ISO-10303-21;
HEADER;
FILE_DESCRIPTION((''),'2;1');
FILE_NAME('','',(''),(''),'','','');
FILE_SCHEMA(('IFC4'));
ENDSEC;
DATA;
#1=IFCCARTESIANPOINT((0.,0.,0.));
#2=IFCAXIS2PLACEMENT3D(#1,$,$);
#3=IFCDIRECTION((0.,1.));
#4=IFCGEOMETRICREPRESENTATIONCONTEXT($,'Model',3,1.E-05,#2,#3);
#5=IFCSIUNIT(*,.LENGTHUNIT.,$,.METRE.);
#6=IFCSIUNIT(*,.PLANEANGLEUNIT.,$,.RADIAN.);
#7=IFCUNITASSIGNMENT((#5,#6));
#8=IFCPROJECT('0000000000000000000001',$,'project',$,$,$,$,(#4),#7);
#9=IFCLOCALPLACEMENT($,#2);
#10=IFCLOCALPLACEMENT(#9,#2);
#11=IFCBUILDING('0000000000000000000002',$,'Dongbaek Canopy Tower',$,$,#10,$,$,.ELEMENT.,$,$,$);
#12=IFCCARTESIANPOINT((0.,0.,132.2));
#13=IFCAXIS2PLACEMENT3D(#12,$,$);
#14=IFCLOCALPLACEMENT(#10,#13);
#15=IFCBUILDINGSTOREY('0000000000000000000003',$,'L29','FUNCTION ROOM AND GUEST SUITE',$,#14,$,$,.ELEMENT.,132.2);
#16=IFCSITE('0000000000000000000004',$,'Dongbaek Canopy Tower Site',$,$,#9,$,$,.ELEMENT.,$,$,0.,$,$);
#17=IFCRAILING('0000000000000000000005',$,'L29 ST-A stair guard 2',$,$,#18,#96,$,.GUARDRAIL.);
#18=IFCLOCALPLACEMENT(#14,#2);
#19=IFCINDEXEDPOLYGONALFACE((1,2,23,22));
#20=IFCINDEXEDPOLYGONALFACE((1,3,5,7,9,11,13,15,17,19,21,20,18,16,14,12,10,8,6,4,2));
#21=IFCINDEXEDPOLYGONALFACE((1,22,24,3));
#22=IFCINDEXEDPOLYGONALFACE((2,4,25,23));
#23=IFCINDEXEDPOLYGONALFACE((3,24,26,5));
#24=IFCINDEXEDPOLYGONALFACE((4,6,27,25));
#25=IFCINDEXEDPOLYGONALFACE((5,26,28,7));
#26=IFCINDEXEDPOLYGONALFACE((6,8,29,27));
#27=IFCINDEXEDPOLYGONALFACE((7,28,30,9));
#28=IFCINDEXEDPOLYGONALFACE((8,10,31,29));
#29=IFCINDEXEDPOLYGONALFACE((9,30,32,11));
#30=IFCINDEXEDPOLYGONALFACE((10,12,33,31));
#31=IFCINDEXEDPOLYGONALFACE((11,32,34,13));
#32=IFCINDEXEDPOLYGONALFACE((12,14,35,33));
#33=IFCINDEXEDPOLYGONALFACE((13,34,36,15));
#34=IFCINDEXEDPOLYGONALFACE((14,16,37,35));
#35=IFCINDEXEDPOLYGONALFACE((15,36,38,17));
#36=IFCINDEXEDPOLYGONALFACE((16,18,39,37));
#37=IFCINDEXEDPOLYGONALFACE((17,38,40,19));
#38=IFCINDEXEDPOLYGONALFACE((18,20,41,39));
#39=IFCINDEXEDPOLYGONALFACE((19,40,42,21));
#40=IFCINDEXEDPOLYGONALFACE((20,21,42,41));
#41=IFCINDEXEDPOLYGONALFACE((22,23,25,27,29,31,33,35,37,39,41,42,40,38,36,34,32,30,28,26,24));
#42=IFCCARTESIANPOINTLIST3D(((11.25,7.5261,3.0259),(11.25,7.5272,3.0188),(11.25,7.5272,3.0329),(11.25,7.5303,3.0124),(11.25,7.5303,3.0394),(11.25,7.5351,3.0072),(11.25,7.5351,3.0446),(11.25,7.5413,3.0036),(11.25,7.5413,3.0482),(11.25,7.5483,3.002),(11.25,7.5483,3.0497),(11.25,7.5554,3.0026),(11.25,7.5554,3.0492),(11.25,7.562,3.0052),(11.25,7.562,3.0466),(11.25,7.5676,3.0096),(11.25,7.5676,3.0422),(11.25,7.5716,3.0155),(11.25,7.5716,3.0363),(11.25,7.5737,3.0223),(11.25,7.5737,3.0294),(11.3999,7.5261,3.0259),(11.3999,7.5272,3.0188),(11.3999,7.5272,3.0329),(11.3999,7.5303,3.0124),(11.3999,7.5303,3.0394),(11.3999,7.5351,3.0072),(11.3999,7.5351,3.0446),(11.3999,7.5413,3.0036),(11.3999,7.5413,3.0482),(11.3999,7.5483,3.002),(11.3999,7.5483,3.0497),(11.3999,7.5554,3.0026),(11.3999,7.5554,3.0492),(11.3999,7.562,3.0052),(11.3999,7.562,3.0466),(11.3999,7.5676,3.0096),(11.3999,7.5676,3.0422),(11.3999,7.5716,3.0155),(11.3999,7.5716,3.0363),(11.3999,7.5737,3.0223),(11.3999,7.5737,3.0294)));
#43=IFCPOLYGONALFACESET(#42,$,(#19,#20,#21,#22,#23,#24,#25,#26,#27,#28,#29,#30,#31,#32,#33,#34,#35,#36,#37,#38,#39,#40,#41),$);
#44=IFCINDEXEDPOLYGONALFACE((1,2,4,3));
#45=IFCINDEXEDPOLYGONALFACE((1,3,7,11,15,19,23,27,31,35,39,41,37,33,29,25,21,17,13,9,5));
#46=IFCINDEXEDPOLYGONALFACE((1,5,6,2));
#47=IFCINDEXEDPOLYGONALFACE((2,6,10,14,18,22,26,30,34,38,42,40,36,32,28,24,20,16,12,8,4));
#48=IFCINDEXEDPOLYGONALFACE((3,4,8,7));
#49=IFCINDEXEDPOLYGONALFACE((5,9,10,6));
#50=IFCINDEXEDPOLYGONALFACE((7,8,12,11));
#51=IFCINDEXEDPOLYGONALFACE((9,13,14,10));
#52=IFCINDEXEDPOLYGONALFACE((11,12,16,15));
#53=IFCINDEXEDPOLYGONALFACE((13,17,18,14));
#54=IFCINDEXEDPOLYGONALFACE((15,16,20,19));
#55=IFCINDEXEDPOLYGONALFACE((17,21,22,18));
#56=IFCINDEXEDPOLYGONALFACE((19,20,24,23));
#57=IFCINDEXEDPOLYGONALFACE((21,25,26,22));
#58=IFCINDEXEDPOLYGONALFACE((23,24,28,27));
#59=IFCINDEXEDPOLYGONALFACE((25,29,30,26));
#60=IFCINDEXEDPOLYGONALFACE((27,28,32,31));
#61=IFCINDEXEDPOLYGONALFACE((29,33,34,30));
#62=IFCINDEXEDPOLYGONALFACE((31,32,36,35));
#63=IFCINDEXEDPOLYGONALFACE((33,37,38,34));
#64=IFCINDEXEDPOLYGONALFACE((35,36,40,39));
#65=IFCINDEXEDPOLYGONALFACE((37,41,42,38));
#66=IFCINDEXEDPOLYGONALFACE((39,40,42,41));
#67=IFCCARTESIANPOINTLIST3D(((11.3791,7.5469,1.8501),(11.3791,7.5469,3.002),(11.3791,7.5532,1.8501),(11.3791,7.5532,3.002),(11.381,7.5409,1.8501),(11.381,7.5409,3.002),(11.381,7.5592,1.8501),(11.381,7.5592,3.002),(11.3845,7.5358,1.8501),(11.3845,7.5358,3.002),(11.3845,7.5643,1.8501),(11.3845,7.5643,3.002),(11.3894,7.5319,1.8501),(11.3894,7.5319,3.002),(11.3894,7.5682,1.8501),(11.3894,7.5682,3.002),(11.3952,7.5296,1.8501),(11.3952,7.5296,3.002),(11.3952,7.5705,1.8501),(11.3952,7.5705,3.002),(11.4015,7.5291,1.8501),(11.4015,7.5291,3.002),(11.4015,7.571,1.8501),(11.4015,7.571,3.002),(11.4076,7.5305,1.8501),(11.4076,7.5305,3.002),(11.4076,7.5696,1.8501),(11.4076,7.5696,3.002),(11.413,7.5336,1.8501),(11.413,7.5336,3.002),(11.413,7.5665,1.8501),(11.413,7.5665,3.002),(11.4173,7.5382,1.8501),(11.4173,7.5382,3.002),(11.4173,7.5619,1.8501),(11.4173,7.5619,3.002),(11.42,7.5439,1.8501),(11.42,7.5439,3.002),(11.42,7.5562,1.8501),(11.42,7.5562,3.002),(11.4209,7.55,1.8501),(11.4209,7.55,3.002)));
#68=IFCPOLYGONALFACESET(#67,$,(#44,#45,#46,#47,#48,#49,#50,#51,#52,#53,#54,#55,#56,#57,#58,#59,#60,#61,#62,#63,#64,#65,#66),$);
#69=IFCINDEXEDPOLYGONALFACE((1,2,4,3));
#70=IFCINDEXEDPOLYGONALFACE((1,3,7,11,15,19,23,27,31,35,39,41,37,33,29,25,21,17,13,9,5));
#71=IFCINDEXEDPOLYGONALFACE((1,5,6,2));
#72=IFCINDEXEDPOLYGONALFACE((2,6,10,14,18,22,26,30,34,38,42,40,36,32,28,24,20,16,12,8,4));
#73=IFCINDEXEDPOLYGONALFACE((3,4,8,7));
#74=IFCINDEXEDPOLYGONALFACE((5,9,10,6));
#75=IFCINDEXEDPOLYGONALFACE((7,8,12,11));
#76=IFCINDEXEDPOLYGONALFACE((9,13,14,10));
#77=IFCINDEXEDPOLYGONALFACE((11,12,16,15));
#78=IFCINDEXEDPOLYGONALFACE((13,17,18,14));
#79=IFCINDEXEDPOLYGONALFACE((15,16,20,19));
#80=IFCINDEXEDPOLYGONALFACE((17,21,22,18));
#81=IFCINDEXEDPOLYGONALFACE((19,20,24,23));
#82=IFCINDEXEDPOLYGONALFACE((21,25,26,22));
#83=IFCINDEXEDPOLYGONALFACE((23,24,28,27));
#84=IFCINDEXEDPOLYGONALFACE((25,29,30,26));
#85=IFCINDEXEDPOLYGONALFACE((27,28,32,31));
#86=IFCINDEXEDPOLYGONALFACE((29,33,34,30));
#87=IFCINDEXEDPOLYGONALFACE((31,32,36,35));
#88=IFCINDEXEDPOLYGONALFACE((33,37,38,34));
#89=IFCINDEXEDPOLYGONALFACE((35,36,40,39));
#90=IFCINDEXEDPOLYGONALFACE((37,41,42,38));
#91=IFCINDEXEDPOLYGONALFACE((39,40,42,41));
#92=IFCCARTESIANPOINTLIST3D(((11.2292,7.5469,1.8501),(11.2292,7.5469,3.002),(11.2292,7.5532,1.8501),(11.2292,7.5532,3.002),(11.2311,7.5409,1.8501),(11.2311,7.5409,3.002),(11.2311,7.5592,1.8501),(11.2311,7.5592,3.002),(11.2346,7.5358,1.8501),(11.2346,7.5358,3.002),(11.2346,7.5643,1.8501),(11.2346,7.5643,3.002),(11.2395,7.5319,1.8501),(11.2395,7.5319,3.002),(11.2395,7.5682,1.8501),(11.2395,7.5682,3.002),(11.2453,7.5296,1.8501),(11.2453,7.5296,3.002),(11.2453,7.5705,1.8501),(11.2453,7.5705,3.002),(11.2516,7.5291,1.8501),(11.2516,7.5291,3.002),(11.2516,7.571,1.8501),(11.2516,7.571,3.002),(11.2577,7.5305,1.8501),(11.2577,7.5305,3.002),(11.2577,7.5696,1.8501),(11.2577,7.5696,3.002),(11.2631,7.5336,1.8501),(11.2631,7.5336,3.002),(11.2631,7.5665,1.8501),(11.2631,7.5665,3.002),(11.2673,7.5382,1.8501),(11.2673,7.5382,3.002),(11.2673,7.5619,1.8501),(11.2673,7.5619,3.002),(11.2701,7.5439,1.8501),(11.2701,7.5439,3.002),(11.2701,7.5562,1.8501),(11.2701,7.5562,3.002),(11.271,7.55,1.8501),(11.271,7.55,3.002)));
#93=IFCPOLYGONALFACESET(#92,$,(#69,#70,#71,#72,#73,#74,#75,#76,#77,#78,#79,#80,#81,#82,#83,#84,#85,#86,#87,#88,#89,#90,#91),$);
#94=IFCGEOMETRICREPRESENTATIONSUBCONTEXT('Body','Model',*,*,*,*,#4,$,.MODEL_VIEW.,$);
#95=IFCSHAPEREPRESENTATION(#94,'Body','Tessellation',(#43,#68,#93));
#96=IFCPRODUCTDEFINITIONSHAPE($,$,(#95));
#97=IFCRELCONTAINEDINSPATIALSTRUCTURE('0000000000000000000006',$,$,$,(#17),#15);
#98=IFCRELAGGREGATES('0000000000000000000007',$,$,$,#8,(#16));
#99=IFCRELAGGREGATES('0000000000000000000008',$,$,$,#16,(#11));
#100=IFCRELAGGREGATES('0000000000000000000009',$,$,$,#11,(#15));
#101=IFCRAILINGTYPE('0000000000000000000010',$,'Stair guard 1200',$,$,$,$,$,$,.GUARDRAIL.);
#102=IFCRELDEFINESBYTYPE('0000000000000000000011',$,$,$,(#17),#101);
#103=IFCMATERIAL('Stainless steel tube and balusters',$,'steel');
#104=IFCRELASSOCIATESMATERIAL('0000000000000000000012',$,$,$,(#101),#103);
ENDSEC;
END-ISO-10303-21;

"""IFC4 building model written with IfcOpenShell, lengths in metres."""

from ifc_helpers import new_model, si_unit, direction, frame, origin, origin_2d, place, context, subcontext, project, spatial, circle, extrude, material, type_object, element, save


model = new_model("IFC4")

# Units and contexts
model_context = context("Model", 3, precision=1e-05, world=origin(), true_north=direction((0.0, 1.0)))
body_context = subcontext(model_context, "Body", "Model", "MODEL_VIEW")
ifc_project = project(units=[si_unit("LENGTHUNIT", "METRE"), si_unit("PLANEANGLEUNIT", "RADIAN")], contexts=[model_context])

# Site, building, storey
site_placement = place(None, origin())
site = spatial("IfcSite", under=ifc_project, at=site_placement, Name="Dongbaek Canopy Tower Site", CompositionType="ELEMENT", RefElevation=0.0)
building_placement = place(site_placement, origin())
building = spatial("IfcBuilding", under=site, at=building_placement, Name="Dongbaek Canopy Tower", CompositionType="ELEMENT")
storey_placement = place(building_placement, frame((0.0, 0.0, 132.2)))
storey = spatial("IfcBuildingStorey", under=building, at=storey_placement, Name="L29", Description="FUNCTION ROOM AND GUEST SUITE", CompositionType="ELEMENT", Elevation=132.2)

# Railing
ifc_material_1 = material(Name="Stainless steel tube and balusters", Category="steel")
railing_type_1 = type_object("IfcRailingType", Name="Stair guard 1200", PredefinedType="GUARDRAIL", material=ifc_material_1)
railing_1_placement = place(storey_placement, frame((11.3999, 7.55, 1.8501)))
element("IfcRailing", 1, at=railing_1_placement, inside=storey, type_object=railing_type_1, Name="L29 ST-A stair guard 2", PredefinedType="GUARDRAIL", context=body_context, shape_type="SweptSolid", body=[
    extrude(circle(Radius=0.0239, at=origin_2d()), frame((0.0, 0.0, 1.1758), z_axis=(-1.0, 0.0, 0.0), x_axis=(0.0, -1.0, 0.0)), (0.0, 0.0, 1.0), 0.1499),
    extrude(circle(Radius=0.021, at=origin_2d()), origin(), (0.0, 0.0, 1.0), 1.1519),
    extrude(circle(Radius=0.021, at=origin_2d()), frame((-0.1499, 0.0, 0.0)), (0.0, 0.0, 1.0), 1.1519),
])

save(model, "model.ifc")
